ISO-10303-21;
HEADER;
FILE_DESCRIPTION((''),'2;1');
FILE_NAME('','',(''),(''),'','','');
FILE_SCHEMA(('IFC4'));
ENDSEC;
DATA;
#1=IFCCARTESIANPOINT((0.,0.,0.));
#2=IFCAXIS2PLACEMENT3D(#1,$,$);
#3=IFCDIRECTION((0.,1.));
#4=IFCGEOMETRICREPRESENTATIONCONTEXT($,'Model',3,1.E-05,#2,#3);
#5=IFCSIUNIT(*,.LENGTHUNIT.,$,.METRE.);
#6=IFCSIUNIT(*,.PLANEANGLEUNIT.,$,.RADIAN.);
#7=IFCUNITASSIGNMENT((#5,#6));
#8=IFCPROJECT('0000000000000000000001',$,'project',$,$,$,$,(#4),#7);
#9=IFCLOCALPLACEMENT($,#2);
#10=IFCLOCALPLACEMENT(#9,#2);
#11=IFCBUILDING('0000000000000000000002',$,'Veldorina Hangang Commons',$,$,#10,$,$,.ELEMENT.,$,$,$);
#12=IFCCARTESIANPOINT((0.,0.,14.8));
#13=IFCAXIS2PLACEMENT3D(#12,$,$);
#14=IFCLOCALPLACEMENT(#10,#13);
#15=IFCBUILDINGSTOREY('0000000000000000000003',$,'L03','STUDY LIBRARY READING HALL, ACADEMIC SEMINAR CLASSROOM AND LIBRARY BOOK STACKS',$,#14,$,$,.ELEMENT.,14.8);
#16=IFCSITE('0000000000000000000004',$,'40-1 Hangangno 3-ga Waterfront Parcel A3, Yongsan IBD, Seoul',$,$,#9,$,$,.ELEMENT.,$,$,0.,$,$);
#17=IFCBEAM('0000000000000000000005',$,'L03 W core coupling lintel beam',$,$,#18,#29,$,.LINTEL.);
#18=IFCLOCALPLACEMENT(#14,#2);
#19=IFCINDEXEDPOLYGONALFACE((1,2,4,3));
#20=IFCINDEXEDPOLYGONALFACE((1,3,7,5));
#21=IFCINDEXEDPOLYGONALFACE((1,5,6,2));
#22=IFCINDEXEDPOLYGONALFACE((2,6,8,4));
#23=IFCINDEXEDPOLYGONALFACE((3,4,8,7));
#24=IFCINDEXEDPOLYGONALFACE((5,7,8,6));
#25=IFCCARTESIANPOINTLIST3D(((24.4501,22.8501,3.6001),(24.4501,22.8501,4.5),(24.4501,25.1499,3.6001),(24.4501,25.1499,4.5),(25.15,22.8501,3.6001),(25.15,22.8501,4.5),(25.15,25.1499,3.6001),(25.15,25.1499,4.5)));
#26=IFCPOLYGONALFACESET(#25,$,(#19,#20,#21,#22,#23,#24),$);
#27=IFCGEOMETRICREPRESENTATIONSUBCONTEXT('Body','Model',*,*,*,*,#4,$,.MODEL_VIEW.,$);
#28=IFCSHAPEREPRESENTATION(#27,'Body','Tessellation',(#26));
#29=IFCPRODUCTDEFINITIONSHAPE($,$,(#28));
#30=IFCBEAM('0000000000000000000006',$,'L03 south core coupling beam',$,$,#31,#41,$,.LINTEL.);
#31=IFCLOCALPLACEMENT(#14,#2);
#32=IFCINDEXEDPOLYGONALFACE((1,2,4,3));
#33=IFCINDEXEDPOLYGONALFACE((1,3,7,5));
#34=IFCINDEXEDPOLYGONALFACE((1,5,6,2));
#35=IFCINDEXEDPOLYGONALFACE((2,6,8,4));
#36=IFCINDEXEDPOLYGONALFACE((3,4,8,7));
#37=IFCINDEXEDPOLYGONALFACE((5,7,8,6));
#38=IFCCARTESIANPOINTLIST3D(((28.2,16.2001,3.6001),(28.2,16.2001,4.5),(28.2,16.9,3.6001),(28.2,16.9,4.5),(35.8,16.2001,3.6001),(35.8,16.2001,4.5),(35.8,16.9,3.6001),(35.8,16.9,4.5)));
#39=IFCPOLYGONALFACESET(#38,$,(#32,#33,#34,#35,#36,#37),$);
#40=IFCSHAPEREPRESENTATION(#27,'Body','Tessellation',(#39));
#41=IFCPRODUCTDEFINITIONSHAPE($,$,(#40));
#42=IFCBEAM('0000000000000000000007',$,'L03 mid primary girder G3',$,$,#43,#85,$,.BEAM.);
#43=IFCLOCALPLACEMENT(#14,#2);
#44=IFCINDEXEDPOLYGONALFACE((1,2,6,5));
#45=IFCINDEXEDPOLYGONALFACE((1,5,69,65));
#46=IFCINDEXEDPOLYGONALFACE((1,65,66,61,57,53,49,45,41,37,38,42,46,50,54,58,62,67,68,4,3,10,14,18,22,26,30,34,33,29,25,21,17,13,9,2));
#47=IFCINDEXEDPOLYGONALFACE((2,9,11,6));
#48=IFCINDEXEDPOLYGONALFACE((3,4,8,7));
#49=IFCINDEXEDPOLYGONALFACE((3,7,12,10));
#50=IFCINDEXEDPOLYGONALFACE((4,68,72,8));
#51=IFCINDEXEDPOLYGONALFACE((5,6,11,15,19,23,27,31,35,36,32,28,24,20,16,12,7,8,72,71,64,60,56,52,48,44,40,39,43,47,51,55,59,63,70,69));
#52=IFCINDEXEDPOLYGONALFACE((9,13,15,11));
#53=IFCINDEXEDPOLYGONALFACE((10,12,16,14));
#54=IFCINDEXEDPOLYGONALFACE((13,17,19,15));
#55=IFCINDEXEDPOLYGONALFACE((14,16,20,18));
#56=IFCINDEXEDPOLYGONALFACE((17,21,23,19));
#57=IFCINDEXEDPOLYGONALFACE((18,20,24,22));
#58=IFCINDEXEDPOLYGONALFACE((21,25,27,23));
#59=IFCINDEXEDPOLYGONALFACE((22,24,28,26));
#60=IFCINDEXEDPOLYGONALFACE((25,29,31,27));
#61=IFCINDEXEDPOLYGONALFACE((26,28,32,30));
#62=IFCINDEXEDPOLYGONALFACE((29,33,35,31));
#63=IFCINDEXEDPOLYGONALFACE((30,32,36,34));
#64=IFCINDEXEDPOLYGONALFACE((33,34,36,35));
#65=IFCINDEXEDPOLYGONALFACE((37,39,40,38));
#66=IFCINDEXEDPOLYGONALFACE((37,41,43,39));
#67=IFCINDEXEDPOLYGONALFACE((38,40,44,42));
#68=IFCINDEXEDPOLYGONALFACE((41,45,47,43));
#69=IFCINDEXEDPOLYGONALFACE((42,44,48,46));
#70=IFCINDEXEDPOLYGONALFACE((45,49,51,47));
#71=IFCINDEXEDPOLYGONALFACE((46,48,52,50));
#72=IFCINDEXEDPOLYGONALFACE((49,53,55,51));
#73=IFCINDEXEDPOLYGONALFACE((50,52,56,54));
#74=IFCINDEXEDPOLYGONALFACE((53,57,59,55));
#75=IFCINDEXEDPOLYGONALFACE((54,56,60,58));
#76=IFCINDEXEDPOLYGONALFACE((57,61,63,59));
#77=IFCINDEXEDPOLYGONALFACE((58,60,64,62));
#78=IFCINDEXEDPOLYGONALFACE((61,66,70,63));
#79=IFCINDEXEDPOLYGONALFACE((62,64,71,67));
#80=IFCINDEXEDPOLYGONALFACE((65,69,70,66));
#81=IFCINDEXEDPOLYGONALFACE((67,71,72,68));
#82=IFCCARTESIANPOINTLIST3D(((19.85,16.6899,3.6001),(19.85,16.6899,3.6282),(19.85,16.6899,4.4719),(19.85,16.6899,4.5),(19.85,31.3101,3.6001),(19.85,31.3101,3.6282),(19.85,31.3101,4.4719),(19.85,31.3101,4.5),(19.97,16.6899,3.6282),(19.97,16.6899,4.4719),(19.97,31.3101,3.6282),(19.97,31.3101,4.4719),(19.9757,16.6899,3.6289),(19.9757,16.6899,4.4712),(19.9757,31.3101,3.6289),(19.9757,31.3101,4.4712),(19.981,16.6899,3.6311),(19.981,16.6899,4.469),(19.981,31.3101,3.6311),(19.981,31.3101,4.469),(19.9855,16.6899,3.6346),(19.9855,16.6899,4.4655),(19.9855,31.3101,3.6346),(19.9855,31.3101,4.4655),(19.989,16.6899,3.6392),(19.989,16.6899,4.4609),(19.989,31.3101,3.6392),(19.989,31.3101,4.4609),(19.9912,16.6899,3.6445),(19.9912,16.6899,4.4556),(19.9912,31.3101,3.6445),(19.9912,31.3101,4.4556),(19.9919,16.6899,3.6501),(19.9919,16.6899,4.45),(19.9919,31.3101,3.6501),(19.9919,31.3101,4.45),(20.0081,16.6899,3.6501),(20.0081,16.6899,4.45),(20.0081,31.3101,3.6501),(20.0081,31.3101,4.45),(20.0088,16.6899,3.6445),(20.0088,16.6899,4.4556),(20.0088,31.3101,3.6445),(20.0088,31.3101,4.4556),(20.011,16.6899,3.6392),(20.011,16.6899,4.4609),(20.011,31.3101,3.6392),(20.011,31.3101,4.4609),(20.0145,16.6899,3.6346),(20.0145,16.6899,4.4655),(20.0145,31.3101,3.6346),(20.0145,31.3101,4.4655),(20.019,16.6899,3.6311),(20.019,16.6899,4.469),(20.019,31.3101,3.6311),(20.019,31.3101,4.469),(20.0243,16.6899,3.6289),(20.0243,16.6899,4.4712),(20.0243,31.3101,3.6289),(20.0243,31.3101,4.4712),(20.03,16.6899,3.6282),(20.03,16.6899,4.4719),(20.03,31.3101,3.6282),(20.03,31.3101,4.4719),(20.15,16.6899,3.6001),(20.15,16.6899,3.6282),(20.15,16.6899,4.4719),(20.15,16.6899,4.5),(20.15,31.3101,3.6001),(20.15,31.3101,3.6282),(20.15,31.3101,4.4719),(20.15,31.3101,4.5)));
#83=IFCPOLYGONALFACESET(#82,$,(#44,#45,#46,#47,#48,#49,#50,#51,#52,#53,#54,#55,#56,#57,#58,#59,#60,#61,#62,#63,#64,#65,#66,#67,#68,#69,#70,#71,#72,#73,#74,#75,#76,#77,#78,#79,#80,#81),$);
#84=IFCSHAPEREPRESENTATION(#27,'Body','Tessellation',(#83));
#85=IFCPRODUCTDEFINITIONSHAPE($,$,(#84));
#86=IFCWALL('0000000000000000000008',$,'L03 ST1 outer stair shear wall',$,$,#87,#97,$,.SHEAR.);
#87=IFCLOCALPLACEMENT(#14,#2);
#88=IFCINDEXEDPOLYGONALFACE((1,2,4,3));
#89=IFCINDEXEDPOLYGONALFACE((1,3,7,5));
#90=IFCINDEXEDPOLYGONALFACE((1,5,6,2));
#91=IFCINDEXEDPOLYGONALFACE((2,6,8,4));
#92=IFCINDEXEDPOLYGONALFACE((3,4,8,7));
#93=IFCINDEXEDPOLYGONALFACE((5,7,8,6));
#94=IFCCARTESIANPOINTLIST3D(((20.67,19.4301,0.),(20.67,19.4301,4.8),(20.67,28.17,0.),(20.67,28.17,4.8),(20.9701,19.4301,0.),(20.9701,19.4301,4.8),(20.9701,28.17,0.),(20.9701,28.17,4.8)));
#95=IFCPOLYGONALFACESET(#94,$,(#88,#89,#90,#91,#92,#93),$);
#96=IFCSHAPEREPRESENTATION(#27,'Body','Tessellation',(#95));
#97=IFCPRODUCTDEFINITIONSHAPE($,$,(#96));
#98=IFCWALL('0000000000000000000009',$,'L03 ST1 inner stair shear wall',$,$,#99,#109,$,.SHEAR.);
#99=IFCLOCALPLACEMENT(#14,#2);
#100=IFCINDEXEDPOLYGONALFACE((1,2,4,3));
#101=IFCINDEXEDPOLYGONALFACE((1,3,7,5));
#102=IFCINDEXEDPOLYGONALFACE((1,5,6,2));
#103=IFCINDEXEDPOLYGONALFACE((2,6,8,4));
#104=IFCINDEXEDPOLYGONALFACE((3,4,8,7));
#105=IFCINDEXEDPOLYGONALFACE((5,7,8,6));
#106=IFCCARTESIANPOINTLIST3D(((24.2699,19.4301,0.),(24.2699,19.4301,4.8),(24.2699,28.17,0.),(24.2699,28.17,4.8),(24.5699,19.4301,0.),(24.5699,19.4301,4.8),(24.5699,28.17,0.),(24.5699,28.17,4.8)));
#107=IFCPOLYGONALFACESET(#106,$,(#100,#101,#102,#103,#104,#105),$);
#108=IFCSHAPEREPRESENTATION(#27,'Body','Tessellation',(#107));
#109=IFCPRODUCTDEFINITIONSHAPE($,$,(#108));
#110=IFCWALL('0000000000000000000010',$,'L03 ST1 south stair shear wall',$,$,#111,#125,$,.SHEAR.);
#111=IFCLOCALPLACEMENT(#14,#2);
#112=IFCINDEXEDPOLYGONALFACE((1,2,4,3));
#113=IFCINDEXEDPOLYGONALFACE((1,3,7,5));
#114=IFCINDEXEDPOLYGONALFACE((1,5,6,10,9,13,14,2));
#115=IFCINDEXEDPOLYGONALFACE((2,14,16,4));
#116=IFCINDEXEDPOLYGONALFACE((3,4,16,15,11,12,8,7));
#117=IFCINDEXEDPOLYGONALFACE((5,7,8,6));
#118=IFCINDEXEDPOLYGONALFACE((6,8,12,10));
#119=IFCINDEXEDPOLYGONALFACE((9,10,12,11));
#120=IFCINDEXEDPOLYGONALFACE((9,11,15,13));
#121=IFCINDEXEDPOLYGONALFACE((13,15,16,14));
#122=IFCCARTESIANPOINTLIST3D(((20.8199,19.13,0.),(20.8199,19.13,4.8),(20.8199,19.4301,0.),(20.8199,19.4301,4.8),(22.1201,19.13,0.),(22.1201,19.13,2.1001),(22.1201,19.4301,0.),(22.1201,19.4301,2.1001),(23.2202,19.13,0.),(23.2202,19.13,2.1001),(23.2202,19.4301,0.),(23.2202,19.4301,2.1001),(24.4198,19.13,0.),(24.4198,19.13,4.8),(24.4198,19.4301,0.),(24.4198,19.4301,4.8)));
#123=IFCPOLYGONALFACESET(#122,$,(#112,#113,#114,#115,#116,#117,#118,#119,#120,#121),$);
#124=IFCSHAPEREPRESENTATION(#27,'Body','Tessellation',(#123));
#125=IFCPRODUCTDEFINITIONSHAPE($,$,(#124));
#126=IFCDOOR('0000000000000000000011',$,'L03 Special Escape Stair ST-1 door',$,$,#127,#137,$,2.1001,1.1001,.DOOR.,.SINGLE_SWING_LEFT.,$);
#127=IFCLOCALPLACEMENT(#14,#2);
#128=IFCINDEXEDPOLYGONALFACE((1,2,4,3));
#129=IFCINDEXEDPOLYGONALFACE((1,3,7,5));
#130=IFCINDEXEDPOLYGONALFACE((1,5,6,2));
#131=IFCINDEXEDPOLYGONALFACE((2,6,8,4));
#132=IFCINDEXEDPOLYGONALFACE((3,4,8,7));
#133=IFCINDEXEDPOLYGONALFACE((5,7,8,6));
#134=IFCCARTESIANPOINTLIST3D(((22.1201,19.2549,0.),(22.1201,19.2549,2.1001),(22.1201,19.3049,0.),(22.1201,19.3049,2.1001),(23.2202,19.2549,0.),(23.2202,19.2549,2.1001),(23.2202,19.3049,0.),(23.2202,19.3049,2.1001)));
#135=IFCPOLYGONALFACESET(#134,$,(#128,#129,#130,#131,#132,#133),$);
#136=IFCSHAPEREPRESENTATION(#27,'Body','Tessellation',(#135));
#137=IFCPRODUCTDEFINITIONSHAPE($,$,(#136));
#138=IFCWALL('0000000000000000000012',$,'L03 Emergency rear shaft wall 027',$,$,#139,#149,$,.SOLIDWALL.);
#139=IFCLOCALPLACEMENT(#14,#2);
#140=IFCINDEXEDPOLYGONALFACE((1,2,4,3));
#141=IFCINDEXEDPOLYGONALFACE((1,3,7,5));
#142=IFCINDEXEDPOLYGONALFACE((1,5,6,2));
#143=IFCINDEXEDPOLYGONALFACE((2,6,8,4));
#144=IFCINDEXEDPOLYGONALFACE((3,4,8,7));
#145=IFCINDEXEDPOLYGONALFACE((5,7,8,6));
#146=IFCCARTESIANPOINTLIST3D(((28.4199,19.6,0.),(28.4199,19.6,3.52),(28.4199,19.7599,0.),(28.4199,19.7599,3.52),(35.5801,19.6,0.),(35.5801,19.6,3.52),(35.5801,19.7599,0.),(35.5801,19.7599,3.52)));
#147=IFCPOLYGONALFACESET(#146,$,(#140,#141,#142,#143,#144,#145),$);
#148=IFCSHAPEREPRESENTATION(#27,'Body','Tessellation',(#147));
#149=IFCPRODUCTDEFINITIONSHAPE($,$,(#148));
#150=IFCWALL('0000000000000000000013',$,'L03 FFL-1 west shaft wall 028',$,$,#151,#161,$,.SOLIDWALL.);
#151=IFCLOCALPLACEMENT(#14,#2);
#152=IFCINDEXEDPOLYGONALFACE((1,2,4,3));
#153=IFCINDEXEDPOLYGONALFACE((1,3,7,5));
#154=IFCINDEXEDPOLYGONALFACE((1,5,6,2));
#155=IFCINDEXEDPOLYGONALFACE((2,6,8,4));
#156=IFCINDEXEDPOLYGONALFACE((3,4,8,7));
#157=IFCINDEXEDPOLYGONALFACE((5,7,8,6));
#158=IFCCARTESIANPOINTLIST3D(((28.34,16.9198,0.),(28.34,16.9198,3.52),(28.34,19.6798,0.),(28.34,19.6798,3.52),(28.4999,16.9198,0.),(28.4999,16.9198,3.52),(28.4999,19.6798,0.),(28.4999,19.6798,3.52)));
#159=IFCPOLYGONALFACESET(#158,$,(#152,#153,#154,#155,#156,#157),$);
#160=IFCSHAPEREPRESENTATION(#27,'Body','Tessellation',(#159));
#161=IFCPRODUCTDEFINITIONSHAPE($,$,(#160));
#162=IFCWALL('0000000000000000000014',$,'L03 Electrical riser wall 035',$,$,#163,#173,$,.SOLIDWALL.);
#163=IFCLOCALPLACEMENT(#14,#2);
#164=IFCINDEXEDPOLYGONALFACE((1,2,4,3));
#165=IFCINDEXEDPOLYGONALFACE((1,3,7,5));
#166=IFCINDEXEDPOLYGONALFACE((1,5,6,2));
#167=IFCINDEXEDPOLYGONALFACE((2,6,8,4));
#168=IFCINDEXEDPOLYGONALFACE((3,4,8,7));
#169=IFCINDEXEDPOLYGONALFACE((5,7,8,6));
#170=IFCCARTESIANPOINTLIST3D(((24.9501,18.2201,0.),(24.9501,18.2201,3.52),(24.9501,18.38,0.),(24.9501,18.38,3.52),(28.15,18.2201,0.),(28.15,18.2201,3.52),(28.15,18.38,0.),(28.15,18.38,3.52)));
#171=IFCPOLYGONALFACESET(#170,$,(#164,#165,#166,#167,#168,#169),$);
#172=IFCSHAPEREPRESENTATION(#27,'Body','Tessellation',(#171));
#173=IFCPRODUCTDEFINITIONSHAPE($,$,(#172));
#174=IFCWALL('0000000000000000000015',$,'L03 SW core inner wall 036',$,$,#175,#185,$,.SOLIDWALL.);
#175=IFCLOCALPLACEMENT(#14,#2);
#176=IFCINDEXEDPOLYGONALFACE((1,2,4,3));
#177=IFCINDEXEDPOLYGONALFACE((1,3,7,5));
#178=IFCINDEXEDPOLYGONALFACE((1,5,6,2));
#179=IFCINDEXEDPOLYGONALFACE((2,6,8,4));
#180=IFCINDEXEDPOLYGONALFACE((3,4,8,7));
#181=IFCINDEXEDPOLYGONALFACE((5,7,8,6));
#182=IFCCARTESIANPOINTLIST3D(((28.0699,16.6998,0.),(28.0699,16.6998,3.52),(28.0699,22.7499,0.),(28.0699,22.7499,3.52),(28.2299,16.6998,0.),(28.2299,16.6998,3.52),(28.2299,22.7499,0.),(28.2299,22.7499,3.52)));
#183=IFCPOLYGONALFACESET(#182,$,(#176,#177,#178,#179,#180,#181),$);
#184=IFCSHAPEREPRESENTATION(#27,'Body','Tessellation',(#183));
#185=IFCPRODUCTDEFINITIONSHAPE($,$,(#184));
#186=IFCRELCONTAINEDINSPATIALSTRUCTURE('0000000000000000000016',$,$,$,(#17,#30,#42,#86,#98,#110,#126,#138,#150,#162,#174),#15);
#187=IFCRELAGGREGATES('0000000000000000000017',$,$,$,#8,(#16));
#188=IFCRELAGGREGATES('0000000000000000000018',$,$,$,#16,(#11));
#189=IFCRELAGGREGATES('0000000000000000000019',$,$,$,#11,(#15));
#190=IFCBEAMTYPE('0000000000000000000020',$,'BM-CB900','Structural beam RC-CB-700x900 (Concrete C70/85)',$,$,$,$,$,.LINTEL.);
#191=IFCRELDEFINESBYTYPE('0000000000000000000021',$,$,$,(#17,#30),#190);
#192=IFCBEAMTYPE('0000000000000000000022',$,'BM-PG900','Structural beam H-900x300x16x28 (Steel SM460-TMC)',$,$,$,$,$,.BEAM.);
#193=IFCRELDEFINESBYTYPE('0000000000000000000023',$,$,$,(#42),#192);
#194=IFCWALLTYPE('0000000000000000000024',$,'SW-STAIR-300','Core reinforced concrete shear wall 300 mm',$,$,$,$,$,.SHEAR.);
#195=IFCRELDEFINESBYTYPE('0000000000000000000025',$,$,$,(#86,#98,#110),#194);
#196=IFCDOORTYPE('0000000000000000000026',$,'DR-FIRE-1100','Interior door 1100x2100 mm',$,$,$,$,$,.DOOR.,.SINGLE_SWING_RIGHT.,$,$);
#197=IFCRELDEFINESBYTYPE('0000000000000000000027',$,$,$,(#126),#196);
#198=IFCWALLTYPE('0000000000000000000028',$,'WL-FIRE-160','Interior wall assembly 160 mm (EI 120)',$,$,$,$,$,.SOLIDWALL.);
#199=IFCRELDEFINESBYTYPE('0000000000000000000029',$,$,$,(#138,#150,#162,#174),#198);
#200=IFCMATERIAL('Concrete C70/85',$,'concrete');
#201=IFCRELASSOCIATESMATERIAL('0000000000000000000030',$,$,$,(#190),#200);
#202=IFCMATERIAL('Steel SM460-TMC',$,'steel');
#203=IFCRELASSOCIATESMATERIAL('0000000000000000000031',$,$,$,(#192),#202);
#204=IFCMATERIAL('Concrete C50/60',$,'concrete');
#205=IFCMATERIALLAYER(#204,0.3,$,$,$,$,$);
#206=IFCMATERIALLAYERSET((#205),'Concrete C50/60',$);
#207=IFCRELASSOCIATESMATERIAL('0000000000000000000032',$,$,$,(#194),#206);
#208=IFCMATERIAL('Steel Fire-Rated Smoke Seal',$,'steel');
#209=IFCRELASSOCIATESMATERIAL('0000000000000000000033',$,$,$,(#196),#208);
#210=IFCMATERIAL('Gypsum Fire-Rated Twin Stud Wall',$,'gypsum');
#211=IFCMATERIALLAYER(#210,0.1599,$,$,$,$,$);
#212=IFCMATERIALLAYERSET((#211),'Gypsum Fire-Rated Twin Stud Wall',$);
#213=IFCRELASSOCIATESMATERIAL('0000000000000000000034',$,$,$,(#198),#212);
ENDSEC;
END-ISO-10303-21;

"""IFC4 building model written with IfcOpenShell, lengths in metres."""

from ifc_helpers import new_model, si_unit, direction, frame, frame_2d, origin, origin_2d, place, context, subcontext, project, spatial, rectangle, i_section, extrude, material, layer, layer_set, material_profile, profile_set, type_object, element, fill, save


model = new_model("IFC4")

# Units and contexts
model_context = context("Model", 3, precision=1e-05, world=origin(), true_north=direction((0.0, 1.0)))
body_context = subcontext(model_context, "Body", "Model", "MODEL_VIEW")
ifc_project = project(units=[si_unit("LENGTHUNIT", "METRE"), si_unit("PLANEANGLEUNIT", "RADIAN")], contexts=[model_context])

# Site, building, storey
site_placement = place(None, origin())
site = spatial("IfcSite", under=ifc_project, at=site_placement, Name="40-1 Hangangno 3-ga Waterfront Parcel A3, Yongsan IBD, Seoul", CompositionType="ELEMENT", RefElevation=0.0)
building_placement = place(site_placement, origin())
building = spatial("IfcBuilding", under=site, at=building_placement, Name="Veldorina Hangang Commons", CompositionType="ELEMENT")
storey_placement = place(building_placement, frame((0.0, 0.0, 14.8)))
storey = spatial("IfcBuildingStorey", under=building, at=storey_placement, Name="L03", Description="STUDY LIBRARY READING HALL, ACADEMIC SEMINAR CLASSROOM AND LIBRARY BOOK STACKS", CompositionType="ELEMENT", Elevation=14.8)

# Beams
ifc_material_1 = material(Name="Concrete C70/85", Category="concrete")
ifc_material_profile_1 = material_profile(ifc_material_1, rectangle(XDim=0.7, YDim=0.8999, at=origin_2d()), Name="RC-CB-700x900")
ifc_profile_set_1 = profile_set([ifc_material_profile_1], Name="Concrete C70/85")
beam_type_1 = type_object("IfcBeamType", Name="BM-CB900", Description="Structural beam RC-CB-700x900 (Concrete C70/85)", PredefinedType="LINTEL", material=ifc_profile_set_1)
beam_1_placement = place(storey_placement, frame((24.8, 22.8501, 4.05), z_axis=(0.0, 1.0, 0.0), x_axis=(-1.0, 0.0, 0.0)))
element("IfcBeam", 1, at=beam_1_placement, inside=storey, type_object=beam_type_1, Name="L03 W core coupling lintel beam", PredefinedType="LINTEL", context=body_context, shape_type="SweptSolid", body=[
    extrude(rectangle(XDim=0.7, YDim=0.8999, at=origin_2d()), origin(), (0.0, 0.0, 1.0), 2.2998),
])
beam_2_placement = place(storey_placement, frame((28.2, 16.55, 4.05), z_axis=(1.0, 0.0, 0.0), x_axis=(0.0, 1.0, 0.0)))
element("IfcBeam", 2, at=beam_2_placement, inside=storey, type_object=beam_type_1, Name="L03 south core coupling beam", PredefinedType="LINTEL", context=body_context, shape_type="SweptSolid", body=[
    extrude(rectangle(XDim=0.7, YDim=0.8999, at=origin_2d()), origin(), (0.0, 0.0, 1.0), 7.6001),
])
ifc_material_2 = material(Name="Steel SM460-TMC", Category="steel")
ifc_material_profile_2 = material_profile(ifc_material_2, i_section(OverallWidth=0.3, OverallDepth=0.8999, WebThickness=0.0161, FlangeThickness=0.0281, FilletRadius=0.022, at=origin_2d()), Name="H-900x300x16x28")
ifc_profile_set_2 = profile_set([ifc_material_profile_2], Name="Steel SM460-TMC")
beam_type_2 = type_object("IfcBeamType", Name="BM-PG900", Description="Structural beam H-900x300x16x28 (Steel SM460-TMC)", PredefinedType="BEAM", material=ifc_profile_set_2)
beam_3_placement = place(storey_placement, frame((20.0, 16.6899, 4.05), z_axis=(0.0, 1.0, 0.0), x_axis=(-1.0, 0.0, 0.0)))
element("IfcBeam", 3, at=beam_3_placement, inside=storey, type_object=beam_type_2, Name="L03 mid primary girder G3", PredefinedType="BEAM", context=body_context, shape_type="SweptSolid", body=[
    extrude(i_section(OverallWidth=0.3, OverallDepth=0.8999, WebThickness=0.0161, FlangeThickness=0.0281, FilletRadius=0.022, at=origin_2d()), origin(), (0.0, 0.0, 1.0), 14.6201),
])

# Walls
ifc_material_3 = material(Name="Concrete C50/60", Category="concrete")
ifc_layer_1 = layer(ifc_material_3, 0.3)
ifc_layer_set_1 = layer_set([ifc_layer_1], Name="Concrete C50/60")
wall_type_1 = type_object("IfcWallType", Name="SW-STAIR-300", Description="Core reinforced concrete shear wall 300 mm", PredefinedType="SHEAR", material=ifc_layer_set_1)
for number, where, z_axis, x_axis, name in (
    (4, (20.8201, 19.4299, 0.0), (0.0, 0.0, 1.0), (0.0, 1.0, 0.0), "L03 ST1 outer stair shear wall"),
    (5, (24.4199, 19.4299, 0.0), (0.0, 0.0, 1.0), (0.0, 1.0, 0.0), "L03 ST1 inner stair shear wall"),
):
    element("IfcWall", number, at=place(storey_placement, frame(where, z_axis=z_axis, x_axis=x_axis)), inside=storey, type_object=wall_type_1, Name=name, PredefinedType="SHEAR", context=body_context, shape_type="SweptSolid", body=[
        extrude(rectangle(XDim=8.74, YDim=0.3, at=frame_2d((4.3701, 0.0))), origin(), (0.0, 0.0, 1.0), 4.8),
    ])

# Wall, opening, door
wall_1_placement = place(storey_placement, frame((20.8201, 19.28, 0.0), z_axis=(0.0, 0.0, 1.0), x_axis=(1.0, 0.0, 0.0)))
wall_1 = element("IfcWall", 6, at=wall_1_placement, inside=storey, type_object=wall_type_1, Name="L03 ST1 south stair shear wall", PredefinedType="SHEAR", context=body_context, shape_type="SweptSolid", body=[
    extrude(rectangle(XDim=3.5999, YDim=0.3, at=frame_2d((1.7998, 0.0))), origin(), (0.0, 0.0, 1.0), 4.8),
])
opening_1_placement = place(wall_1_placement, frame((1.3, 0.0, 0.0)))
opening_1 = element("IfcOpeningElement", 7, at=opening_1_placement, cuts=wall_1, PredefinedType="OPENING", context=body_context, shape_type="SweptSolid", body=[
    extrude(rectangle(XDim=1.1001, YDim=2.1001, at=frame_2d((0.55, 1.05))), frame((0.0, 0.1602, 0.0), z_axis=(0.0, -1.0, 0.0), x_axis=(1.0, 0.0, 0.0)), (0.0, 0.0, 1.0), 0.3201),
])
ifc_material_4 = material(Name="Steel Fire-Rated Smoke Seal", Category="steel")
door_type_1 = type_object("IfcDoorType", Name="DR-FIRE-1100", Description="Interior door 1100x2100 mm", OperationType="SINGLE_SWING_RIGHT", PredefinedType="DOOR", material=ifc_material_4)
door_1_placement = place(opening_1_placement, origin())
door_1 = element("IfcDoor", 8, at=door_1_placement, inside=storey, type_object=door_type_1, Name="L03 Special Escape Stair ST-1 door", OperationType="SINGLE_SWING_LEFT", OverallHeight=2.1001, OverallWidth=1.1001, PredefinedType="DOOR", context=body_context, shape_type="SweptSolid", body=[
    extrude(rectangle(XDim=1.1001, YDim=2.1001, at=frame_2d((0.55, 1.05))), frame((0.0, 0.0249, 0.0), z_axis=(0.0, -1.0, 0.0), x_axis=(1.0, 0.0, 0.0)), (0.0, 0.0, 1.0), 0.05),
])
fill(opening_1, door_1)

# Shared definitions
ifc_material_5 = material(Name="Gypsum Fire-Rated Twin Stud Wall", Category="gypsum")
ifc_layer_2 = layer(ifc_material_5, 0.1599)
ifc_layer_set_2 = layer_set([ifc_layer_2], Name="Gypsum Fire-Rated Twin Stud Wall")
wall_type_2 = type_object("IfcWallType", Name="WL-FIRE-160", Description="Interior wall assembly 160 mm (EI 120)", PredefinedType="SOLIDWALL", material=ifc_layer_set_2)

# Walls
wall_2_placement = place(storey_placement, frame((28.4199, 19.6799, 0.0), z_axis=(0.0, 0.0, 1.0), x_axis=(1.0, 0.0, 0.0)))
element("IfcWall", 9, at=wall_2_placement, inside=storey, type_object=wall_type_2, Name="L03 Emergency rear shaft wall 027", PredefinedType="SOLIDWALL", context=body_context, shape_type="SweptSolid", body=[
    extrude(rectangle(XDim=7.1602, YDim=0.1599, at=frame_2d((3.5801, 0.0))), origin(), (0.0, 0.0, 1.0), 3.52),
])
wall_3_placement = place(storey_placement, frame((28.4199, 16.9199, 0.0), z_axis=(0.0, 0.0, 1.0), x_axis=(0.0, 1.0, 0.0)))
element("IfcWall", 10, at=wall_3_placement, inside=storey, type_object=wall_type_2, Name="L03 FFL-1 west shaft wall 028", PredefinedType="SOLIDWALL", context=body_context, shape_type="SweptSolid", body=[
    extrude(rectangle(XDim=2.76, YDim=0.1599, at=frame_2d((1.3799, 0.0))), origin(), (0.0, 0.0, 1.0), 3.52),
])
wall_4_placement = place(storey_placement, frame((24.95, 18.3, 0.0), z_axis=(0.0, 0.0, 1.0), x_axis=(1.0, 0.0, 0.0)))
element("IfcWall", 11, at=wall_4_placement, inside=storey, type_object=wall_type_2, Name="L03 Electrical riser wall 035", PredefinedType="SOLIDWALL", context=body_context, shape_type="SweptSolid", body=[
    extrude(rectangle(XDim=3.2, YDim=0.1599, at=frame_2d((1.6001, 0.0))), origin(), (0.0, 0.0, 1.0), 3.52),
])
wall_5_placement = place(storey_placement, frame((28.1499, 16.7, 0.0), z_axis=(0.0, 0.0, 1.0), x_axis=(0.0, 1.0, 0.0)))
element("IfcWall", 12, at=wall_5_placement, inside=storey, type_object=wall_type_2, Name="L03 SW core inner wall 036", PredefinedType="SOLIDWALL", context=body_context, shape_type="SweptSolid", body=[
    extrude(rectangle(XDim=6.05, YDim=0.1599, at=frame_2d((3.0249, 0.0))), origin(), (0.0, 0.0, 1.0), 3.52),
])

save(model, "model.ifc")
